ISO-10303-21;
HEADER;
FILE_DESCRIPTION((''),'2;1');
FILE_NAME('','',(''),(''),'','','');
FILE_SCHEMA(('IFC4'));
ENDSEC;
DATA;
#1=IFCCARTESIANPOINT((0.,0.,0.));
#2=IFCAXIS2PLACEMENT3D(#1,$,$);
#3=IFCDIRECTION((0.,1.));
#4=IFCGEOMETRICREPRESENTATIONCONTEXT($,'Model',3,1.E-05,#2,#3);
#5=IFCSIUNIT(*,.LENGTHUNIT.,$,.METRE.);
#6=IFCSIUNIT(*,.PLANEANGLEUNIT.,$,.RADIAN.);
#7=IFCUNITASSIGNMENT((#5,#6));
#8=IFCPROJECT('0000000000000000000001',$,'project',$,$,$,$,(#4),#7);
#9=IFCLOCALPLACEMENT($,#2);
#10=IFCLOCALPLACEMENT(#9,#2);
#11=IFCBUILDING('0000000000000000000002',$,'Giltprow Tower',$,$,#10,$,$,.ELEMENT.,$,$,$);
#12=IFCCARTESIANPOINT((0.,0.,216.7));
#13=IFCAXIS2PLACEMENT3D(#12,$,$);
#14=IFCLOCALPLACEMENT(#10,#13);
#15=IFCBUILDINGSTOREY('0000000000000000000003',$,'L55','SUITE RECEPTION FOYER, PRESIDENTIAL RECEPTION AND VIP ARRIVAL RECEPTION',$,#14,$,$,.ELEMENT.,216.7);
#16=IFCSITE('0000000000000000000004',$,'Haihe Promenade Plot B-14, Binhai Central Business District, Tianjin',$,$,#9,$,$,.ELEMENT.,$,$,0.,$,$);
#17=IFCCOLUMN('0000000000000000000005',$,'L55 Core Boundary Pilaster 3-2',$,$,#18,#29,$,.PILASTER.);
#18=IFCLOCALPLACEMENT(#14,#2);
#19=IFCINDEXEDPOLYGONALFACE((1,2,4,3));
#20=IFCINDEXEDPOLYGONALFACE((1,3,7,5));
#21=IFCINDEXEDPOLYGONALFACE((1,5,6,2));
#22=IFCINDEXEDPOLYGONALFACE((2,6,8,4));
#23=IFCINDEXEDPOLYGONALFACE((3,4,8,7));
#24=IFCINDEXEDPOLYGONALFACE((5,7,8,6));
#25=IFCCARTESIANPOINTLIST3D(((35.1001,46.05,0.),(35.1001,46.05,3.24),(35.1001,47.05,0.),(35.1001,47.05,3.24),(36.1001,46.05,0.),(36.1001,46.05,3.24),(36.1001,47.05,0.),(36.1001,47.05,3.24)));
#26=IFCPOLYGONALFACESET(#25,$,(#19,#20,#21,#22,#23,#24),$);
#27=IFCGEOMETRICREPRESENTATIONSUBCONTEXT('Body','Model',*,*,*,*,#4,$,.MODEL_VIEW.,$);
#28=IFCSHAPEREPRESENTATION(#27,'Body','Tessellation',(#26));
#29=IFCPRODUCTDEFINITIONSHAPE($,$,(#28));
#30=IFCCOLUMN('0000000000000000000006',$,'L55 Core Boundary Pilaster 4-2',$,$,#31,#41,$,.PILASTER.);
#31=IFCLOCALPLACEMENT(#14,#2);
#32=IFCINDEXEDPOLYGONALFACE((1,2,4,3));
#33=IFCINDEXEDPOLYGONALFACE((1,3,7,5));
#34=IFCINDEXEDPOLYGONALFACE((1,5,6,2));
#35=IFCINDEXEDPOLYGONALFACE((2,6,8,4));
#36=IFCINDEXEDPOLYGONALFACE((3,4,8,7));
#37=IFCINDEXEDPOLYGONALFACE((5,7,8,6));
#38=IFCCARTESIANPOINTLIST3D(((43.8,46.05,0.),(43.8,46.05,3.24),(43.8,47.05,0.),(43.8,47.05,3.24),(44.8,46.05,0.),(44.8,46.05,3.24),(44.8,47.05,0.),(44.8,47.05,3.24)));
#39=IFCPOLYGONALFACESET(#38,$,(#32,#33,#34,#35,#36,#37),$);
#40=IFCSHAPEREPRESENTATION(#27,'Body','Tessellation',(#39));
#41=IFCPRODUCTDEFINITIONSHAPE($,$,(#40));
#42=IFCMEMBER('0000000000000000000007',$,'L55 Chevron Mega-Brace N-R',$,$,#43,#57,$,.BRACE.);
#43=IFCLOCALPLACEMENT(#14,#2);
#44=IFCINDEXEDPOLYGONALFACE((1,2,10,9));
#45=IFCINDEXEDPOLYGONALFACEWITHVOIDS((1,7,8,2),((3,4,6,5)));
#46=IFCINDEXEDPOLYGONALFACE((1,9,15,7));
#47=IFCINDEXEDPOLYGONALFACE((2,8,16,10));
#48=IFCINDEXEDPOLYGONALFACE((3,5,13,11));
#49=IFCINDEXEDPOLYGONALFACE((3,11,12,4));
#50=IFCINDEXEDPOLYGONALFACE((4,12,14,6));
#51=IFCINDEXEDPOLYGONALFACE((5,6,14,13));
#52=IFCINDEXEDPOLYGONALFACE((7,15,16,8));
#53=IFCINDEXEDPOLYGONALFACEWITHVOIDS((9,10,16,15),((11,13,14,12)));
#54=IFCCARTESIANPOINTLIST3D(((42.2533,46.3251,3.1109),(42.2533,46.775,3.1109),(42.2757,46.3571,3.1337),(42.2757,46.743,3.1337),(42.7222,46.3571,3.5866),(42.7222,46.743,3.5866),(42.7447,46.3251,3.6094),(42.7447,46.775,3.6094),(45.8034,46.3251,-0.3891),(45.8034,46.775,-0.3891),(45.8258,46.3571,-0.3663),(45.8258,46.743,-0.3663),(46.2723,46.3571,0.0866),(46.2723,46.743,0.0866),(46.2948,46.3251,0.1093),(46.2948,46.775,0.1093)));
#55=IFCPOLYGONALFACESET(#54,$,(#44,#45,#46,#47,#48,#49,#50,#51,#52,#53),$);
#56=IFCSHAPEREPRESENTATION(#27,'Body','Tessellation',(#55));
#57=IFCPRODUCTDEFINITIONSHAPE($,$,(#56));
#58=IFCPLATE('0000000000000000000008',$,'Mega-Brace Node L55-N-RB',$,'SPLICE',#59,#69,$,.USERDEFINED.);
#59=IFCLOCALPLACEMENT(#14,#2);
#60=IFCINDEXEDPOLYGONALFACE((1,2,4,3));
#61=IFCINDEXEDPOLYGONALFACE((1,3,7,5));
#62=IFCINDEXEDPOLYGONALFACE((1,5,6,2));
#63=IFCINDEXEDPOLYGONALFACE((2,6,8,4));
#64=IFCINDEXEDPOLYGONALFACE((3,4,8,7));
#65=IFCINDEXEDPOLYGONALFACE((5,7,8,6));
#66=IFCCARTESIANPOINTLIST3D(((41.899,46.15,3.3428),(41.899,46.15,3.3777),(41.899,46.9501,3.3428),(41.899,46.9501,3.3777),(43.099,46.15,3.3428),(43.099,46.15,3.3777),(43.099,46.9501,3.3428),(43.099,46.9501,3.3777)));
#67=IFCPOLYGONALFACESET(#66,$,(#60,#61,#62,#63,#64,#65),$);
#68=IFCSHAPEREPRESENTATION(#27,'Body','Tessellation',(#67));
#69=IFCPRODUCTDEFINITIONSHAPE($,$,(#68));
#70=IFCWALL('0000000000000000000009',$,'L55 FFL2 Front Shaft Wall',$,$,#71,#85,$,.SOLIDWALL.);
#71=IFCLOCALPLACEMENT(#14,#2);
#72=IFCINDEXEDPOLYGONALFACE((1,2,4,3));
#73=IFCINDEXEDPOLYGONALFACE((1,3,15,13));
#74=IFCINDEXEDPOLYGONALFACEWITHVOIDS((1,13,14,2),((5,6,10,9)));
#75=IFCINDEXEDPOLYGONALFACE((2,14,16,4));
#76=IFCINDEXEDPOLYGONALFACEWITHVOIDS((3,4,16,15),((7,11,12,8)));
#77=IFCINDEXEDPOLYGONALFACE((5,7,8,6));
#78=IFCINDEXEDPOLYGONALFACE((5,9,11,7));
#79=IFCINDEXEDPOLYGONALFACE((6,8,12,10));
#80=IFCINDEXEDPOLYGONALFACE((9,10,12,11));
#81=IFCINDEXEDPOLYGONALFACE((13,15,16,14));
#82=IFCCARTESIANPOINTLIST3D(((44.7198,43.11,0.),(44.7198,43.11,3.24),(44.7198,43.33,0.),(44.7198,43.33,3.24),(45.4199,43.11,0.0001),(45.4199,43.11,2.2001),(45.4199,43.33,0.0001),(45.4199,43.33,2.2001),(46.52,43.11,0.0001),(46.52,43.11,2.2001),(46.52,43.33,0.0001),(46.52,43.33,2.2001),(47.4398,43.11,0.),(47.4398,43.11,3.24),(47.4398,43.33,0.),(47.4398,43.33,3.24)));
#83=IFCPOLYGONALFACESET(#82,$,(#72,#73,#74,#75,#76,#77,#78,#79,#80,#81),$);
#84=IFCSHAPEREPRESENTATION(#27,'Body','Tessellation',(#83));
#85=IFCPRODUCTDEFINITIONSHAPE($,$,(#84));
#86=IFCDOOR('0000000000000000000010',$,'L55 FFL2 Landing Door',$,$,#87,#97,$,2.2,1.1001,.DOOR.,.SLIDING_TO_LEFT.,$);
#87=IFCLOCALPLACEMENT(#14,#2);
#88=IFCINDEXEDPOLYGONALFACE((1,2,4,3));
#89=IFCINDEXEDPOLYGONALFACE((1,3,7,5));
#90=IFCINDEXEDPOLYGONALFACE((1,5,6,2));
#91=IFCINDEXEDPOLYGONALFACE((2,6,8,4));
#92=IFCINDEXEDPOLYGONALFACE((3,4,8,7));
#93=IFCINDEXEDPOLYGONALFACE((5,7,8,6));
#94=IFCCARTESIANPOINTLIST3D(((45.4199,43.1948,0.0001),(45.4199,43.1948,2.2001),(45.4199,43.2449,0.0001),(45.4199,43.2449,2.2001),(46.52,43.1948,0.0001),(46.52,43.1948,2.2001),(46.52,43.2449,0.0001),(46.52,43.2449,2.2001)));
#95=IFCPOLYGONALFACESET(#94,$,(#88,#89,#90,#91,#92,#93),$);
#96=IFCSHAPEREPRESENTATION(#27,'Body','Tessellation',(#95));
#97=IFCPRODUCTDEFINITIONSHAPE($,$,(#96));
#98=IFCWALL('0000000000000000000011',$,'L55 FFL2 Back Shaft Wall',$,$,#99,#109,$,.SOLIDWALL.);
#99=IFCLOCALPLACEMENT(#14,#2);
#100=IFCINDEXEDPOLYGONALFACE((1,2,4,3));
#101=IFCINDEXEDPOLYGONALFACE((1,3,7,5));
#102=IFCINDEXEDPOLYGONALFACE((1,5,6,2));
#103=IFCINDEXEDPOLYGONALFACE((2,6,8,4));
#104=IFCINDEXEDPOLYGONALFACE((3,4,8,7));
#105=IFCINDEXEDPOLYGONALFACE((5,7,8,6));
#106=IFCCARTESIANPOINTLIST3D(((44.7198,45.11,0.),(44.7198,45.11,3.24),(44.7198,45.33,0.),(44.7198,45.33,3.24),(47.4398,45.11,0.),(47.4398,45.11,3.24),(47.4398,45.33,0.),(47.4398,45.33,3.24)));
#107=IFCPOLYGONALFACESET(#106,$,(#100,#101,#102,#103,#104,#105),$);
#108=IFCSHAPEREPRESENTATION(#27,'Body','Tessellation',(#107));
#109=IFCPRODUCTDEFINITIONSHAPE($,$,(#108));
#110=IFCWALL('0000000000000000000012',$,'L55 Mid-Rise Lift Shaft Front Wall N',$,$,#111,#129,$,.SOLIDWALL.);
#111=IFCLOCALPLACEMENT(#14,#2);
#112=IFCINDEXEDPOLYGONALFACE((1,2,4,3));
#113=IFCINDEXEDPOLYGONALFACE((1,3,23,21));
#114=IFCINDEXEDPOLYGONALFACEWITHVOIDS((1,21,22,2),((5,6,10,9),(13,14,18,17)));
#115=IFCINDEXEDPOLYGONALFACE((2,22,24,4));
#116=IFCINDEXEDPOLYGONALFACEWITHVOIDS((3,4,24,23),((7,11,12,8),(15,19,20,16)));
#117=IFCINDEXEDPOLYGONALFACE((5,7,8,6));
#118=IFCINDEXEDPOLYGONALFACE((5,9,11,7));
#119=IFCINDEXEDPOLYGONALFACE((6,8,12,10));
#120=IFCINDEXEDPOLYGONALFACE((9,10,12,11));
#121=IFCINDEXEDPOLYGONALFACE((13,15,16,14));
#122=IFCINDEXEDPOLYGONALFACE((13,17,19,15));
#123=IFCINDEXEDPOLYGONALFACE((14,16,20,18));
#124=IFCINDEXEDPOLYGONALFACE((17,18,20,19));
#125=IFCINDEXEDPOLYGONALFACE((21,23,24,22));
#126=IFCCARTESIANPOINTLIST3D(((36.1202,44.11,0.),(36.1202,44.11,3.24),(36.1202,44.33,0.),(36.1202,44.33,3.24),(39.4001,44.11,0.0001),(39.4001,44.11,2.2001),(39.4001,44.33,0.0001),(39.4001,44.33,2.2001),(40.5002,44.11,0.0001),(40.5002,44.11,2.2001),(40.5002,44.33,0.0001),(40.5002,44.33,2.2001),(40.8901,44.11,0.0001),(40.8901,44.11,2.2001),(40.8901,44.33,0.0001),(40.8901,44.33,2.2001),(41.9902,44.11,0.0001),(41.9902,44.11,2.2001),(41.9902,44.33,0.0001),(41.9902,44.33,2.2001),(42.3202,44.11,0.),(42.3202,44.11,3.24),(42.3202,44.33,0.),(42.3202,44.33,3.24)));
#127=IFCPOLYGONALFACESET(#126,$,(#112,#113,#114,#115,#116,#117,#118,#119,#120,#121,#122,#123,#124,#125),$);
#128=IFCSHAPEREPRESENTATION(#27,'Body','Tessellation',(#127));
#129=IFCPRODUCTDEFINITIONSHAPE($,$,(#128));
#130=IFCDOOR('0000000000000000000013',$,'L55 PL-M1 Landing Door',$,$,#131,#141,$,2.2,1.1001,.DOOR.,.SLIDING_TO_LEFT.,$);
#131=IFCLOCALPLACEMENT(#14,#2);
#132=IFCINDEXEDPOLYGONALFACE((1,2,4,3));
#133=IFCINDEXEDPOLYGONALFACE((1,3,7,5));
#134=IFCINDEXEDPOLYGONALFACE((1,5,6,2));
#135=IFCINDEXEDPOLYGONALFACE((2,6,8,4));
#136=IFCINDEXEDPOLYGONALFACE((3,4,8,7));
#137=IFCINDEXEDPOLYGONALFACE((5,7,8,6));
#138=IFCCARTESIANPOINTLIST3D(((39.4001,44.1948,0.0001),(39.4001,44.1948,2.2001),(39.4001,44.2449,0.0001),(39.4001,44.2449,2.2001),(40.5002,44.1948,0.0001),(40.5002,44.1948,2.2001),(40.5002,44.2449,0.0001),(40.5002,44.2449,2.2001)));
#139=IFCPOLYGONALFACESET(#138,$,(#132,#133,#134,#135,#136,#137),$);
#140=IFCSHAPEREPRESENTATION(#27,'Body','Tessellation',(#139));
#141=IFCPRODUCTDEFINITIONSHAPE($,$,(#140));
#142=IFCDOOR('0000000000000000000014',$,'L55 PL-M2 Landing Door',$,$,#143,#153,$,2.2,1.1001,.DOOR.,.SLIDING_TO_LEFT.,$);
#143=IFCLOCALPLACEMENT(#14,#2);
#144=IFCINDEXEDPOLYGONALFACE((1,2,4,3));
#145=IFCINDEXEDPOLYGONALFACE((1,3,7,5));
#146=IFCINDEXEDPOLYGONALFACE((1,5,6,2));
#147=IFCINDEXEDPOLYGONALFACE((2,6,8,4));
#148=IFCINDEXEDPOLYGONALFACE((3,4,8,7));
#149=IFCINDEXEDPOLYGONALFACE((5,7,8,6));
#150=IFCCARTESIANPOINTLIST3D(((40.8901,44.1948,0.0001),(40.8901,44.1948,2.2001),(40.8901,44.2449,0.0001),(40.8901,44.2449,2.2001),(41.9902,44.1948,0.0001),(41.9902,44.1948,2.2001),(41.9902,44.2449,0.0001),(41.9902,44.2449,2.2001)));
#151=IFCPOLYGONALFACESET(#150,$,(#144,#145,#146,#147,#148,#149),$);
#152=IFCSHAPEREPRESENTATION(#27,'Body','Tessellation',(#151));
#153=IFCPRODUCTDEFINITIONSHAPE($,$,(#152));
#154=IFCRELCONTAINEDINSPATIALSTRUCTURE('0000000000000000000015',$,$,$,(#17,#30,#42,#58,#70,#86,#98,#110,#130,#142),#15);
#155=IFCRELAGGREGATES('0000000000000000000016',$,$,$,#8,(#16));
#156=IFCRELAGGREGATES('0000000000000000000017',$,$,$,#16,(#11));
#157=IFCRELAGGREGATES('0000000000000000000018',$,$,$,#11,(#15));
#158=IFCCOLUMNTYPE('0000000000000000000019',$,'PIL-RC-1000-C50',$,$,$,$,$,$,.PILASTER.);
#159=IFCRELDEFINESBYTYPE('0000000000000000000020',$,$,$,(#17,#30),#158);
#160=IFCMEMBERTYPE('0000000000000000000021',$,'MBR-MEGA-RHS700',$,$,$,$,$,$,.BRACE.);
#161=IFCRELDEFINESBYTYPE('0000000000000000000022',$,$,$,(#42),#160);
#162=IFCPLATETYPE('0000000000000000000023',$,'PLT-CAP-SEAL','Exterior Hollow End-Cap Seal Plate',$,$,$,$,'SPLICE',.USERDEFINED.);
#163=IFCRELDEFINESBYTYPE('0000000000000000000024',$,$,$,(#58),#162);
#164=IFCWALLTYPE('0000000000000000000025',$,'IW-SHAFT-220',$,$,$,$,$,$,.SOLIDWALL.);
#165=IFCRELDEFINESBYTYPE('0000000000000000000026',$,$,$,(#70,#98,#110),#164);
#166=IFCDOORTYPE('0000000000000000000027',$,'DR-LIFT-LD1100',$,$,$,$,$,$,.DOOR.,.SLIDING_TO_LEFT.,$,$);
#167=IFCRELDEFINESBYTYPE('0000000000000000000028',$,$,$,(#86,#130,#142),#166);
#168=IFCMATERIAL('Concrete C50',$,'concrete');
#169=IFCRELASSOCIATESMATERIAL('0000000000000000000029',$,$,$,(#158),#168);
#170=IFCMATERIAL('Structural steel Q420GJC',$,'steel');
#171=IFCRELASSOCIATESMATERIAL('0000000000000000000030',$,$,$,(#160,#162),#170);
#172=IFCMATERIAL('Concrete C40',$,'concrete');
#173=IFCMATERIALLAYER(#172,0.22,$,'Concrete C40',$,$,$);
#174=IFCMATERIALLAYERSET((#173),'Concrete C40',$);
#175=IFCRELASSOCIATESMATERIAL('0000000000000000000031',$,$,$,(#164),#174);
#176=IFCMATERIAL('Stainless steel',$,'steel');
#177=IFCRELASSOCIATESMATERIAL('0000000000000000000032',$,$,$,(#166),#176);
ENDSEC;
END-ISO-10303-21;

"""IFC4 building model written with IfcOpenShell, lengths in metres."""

from ifc_helpers import new_model, si_unit, direction, frame, frame_2d, origin, origin_2d, place, context, subcontext, project, spatial, rectangle, hollow_rectangle, extrude, source, transform, mapped, material, layer, layer_set, material_profile, profile_set, type_object, element, fill, save


model = new_model("IFC4")

# Units and contexts
model_context = context("Model", 3, precision=1e-05, world=origin(), true_north=direction((0.0, 1.0)))
body_context = subcontext(model_context, "Body", "Model", "MODEL_VIEW")
ifc_project = project(units=[si_unit("LENGTHUNIT", "METRE"), si_unit("PLANEANGLEUNIT", "RADIAN")], contexts=[model_context])

# Site, building, storey
site_placement = place(None, origin())
site = spatial("IfcSite", under=ifc_project, at=site_placement, Name="Haihe Promenade Plot B-14, Binhai Central Business District, Tianjin", CompositionType="ELEMENT", RefElevation=0.0)
building_placement = place(site_placement, origin())
building = spatial("IfcBuilding", under=site, at=building_placement, Name="Giltprow Tower", CompositionType="ELEMENT")
storey_placement = place(building_placement, frame((0.0, 0.0, 216.7)))
storey = spatial("IfcBuildingStorey", under=building, at=storey_placement, Name="L55", Description="SUITE RECEPTION FOYER, PRESIDENTIAL RECEPTION AND VIP ARRIVAL RECEPTION", CompositionType="ELEMENT", Elevation=216.7)

# Columns
ifc_material_1 = material(Name="Concrete C50", Category="concrete")
ifc_material_profile_1 = material_profile(ifc_material_1, rectangle(XDim=1.0, YDim=1.0, at=origin_2d()), Name="RC 1000x1000")
ifc_profile_set_1 = profile_set([ifc_material_profile_1], Name="Concrete C50")
column_type = type_object("IfcColumnType", Name="PIL-RC-1000-C50", PredefinedType="PILASTER", material=ifc_profile_set_1)
shared_shape_1 = source(origin(), body_context, "Body", "SweptSolid", [
    extrude(rectangle(XDim=1.0, YDim=1.0, at=origin_2d()), origin(), (0.0, 0.0, 1.0), 3.24),
])
for number, where, z_axis, x_axis, name in (
    (1, (35.6001, 46.55, 0.0), (0.0, 0.0, 1.0), (1.0, 0.0, 0.0), "L55 Core Boundary Pilaster 3-2"),
    (2, (44.3, 46.55, 0.0), (0.0, 0.0, 1.0), (1.0, 0.0, 0.0), "L55 Core Boundary Pilaster 4-2"),
):
    element("IfcColumn", number, at=place(storey_placement, frame(where, z_axis=z_axis, x_axis=x_axis)), inside=storey, type_object=column_type, Name=name, PredefinedType="PILASTER", context=body_context, shape_type="MappedRepresentation", body=[
        mapped(shared_shape_1, transform((0.0, 0.0, 0.0), x_axis=(1.0, 0.0, 0.0), y_axis=(0.0, 1.0, 0.0), z_axis=(0.0, 0.0, 1.0), scale=1.0)),
    ])

# Member
ifc_material_2 = material(Name="Structural steel Q420GJC", Category="steel")
ifc_material_profile_2 = material_profile(ifc_material_2, hollow_rectangle(XDim=0.45, YDim=0.7, WallThickness=0.032, at=origin_2d()), Name="RHS 700x450x32")
ifc_profile_set_2 = profile_set([ifc_material_profile_2], Name="Structural steel Q420GJC")
member_type = type_object("IfcMemberType", Name="MBR-MEGA-RHS700", PredefinedType="BRACE", material=ifc_profile_set_2)
shared_shape_2 = source(origin(), body_context, "Body", "SweptSolid", [
    extrude(hollow_rectangle(XDim=0.45, YDim=0.7, WallThickness=0.032, at=origin_2d()), origin(), (0.0, 0.0, 1.0), 4.9854),
])
member_placement = place(storey_placement, frame((46.0491, 46.55, -0.1399), z_axis=(-0.712109, 0.0, 0.702069), x_axis=(0.0, -1.0, 0.0)))
element("IfcMember", 3, at=member_placement, inside=storey, type_object=member_type, Name="L55 Chevron Mega-Brace N-R", PredefinedType="BRACE", context=body_context, shape_type="MappedRepresentation", body=[
    mapped(shared_shape_2, transform((0.0, 0.0, 0.0), x_axis=(1.0, 0.0, 0.0), y_axis=(0.0, 1.0, 0.0), z_axis=(0.0, 0.0, 1.0), scale=1.0)),
])

# Plate
plate_type = type_object("IfcPlateType", Name="PLT-CAP-SEAL", Description="Exterior Hollow End-Cap Seal Plate", ElementType="SPLICE", PredefinedType="USERDEFINED", material=ifc_material_2)
shared_shape_3 = source(origin(), body_context, "Body", "SweptSolid", [
    extrude(rectangle(XDim=1.2, YDim=0.8, at=origin_2d()), origin(), (0.0, 0.0, 1.0), 0.0349),
])
plate_placement = place(storey_placement, frame((42.499, 46.55, 3.3428), z_axis=(0.0, 0.0, 1.0), x_axis=(1.0, 0.0, 0.0)))
element("IfcPlate", 4, at=plate_placement, inside=storey, type_object=plate_type, Name="Mega-Brace Node L55-N-RB", ObjectType="SPLICE", PredefinedType="USERDEFINED", context=body_context, shape_type="MappedRepresentation", body=[
    mapped(shared_shape_3, transform((0.0, 0.0, 0.0), x_axis=(1.0, 0.0, 0.0), y_axis=(0.0, 1.0, 0.0), z_axis=(0.0, 0.0, 1.0), scale=1.0)),
])

# Wall, opening, door
ifc_material_3 = material(Name="Concrete C40", Category="concrete")
ifc_layer_1 = layer(ifc_material_3, 0.22, Name="Concrete C40")
ifc_layer_set_1 = layer_set([ifc_layer_1], Name="Concrete C40")
wall_type_1 = type_object("IfcWallType", Name="IW-SHAFT-220", PredefinedType="SOLIDWALL", material=ifc_layer_set_1)
wall_1_placement = place(storey_placement, frame((44.72, 43.22, 0.0), z_axis=(0.0, 0.0, 1.0), x_axis=(1.0, 0.0, 0.0)))
wall_1 = element("IfcWall", 5, at=wall_1_placement, inside=storey, type_object=wall_type_1, Name="L55 FFL2 Front Shaft Wall", PredefinedType="SOLIDWALL", context=body_context, shape_type="SweptSolid", body=[
    extrude(rectangle(XDim=2.72, YDim=0.22, at=frame_2d((1.3599, 0.0))), origin(), (0.0, 0.0, 1.0), 3.24),
])
opening_1_placement = place(wall_1_placement, frame((0.7, 0.0, 0.0)))
opening_1 = element("IfcOpeningElement", 6, at=opening_1_placement, cuts=wall_1, PredefinedType="OPENING", context=body_context, shape_type="SweptSolid", body=[
    extrude(rectangle(XDim=1.1001, YDim=2.2, at=frame_2d((0.55, 1.1001))), frame((0.0, 0.1199, 0.0), z_axis=(0.0, -1.0, 0.0), x_axis=(1.0, 0.0, 0.0)), (0.0, 0.0, 1.0), 0.24),
])
ifc_material_4 = material(Name="Stainless steel", Category="steel")
door_type = type_object("IfcDoorType", Name="DR-LIFT-LD1100", OperationType="SLIDING_TO_LEFT", PredefinedType="DOOR", material=ifc_material_4)
shared_shape_4 = source(origin(), body_context, "Body", "SweptSolid", [
    extrude(rectangle(XDim=1.1001, YDim=2.2, at=frame_2d((0.55, 1.1001))), frame((0.0, 0.0249, 0.0), z_axis=(0.0, -1.0, 0.0), x_axis=(1.0, 0.0, 0.0)), (0.0, 0.0, 1.0), 0.05),
])
door_1_placement = place(opening_1_placement, origin())
door_1 = element("IfcDoor", 7, at=door_1_placement, inside=storey, type_object=door_type, Name="L55 FFL2 Landing Door", OperationType="SLIDING_TO_LEFT", OverallHeight=2.2, OverallWidth=1.1001, PredefinedType="DOOR", context=body_context, shape_type="MappedRepresentation", body=[
    mapped(shared_shape_4, transform((0.0, 0.0, 0.0), x_axis=(1.0, 0.0, 0.0), y_axis=(0.0, 1.0, 0.0), z_axis=(0.0, 0.0, 1.0), scale=1.0)),
])
fill(opening_1, door_1)

# Wall
wall_2_placement = place(storey_placement, frame((44.72, 45.22, 0.0), z_axis=(0.0, 0.0, 1.0), x_axis=(1.0, 0.0, 0.0)))
element("IfcWall", 8, at=wall_2_placement, inside=storey, type_object=wall_type_1, Name="L55 FFL2 Back Shaft Wall", PredefinedType="SOLIDWALL", context=body_context, shape_type="SweptSolid", body=[
    extrude(rectangle(XDim=2.72, YDim=0.22, at=frame_2d((1.3599, 0.0))), origin(), (0.0, 0.0, 1.0), 3.24),
])

# Wall, openings, doors
wall_3_placement = place(storey_placement, frame((36.1201, 44.22, 0.0), z_axis=(0.0, 0.0, 1.0), x_axis=(1.0, 0.0, 0.0)))
wall_3 = element("IfcWall", 9, at=wall_3_placement, inside=storey, type_object=wall_type_1, Name="L55 Mid-Rise Lift Shaft Front Wall N", PredefinedType="SOLIDWALL", context=body_context, shape_type="SweptSolid", body=[
    extrude(rectangle(XDim=6.2, YDim=0.22, at=frame_2d((3.1001, 0.0))), origin(), (0.0, 0.0, 1.0), 3.24),
])
opening_2_placement = place(wall_3_placement, frame((3.28, 0.0, 0.0)))
opening_2 = element("IfcOpeningElement", 10, at=opening_2_placement, cuts=wall_3, PredefinedType="OPENING", context=body_context, shape_type="SweptSolid", body=[
    extrude(rectangle(XDim=1.1001, YDim=2.2, at=frame_2d((0.55, 1.1001))), frame((0.0, 0.1199, 0.0), z_axis=(0.0, -1.0, 0.0), x_axis=(1.0, 0.0, 0.0)), (0.0, 0.0, 1.0), 0.24),
])
opening_3_placement = place(wall_3_placement, frame((4.77, 0.0, 0.0)))
opening_3 = element("IfcOpeningElement", 11, at=opening_3_placement, cuts=wall_3, PredefinedType="OPENING", context=body_context, shape_type="SweptSolid", body=[
    extrude(rectangle(XDim=1.1001, YDim=2.2, at=frame_2d((0.55, 1.1001))), frame((0.0, 0.1199, 0.0), z_axis=(0.0, -1.0, 0.0), x_axis=(1.0, 0.0, 0.0)), (0.0, 0.0, 1.0), 0.24),
])
door_2_placement = place(opening_2_placement, origin())
door_2 = element("IfcDoor", 12, at=door_2_placement, inside=storey, type_object=door_type, Name="L55 PL-M1 Landing Door", OperationType="SLIDING_TO_LEFT", OverallHeight=2.2, OverallWidth=1.1001, PredefinedType="DOOR", context=body_context, shape_type="MappedRepresentation", body=[
    mapped(shared_shape_4, transform((0.0, 0.0, 0.0), x_axis=(1.0, 0.0, 0.0), y_axis=(0.0, 1.0, 0.0), z_axis=(0.0, 0.0, 1.0), scale=1.0)),
])
fill(opening_2, door_2)
door_3_placement = place(opening_3_placement, origin())
door_3 = element("IfcDoor", 13, at=door_3_placement, inside=storey, type_object=door_type, Name="L55 PL-M2 Landing Door", OperationType="SLIDING_TO_LEFT", OverallHeight=2.2, OverallWidth=1.1001, PredefinedType="DOOR", context=body_context, shape_type="MappedRepresentation", body=[
    mapped(shared_shape_4, transform((0.0, 0.0, 0.0), x_axis=(1.0, 0.0, 0.0), y_axis=(0.0, 1.0, 0.0), z_axis=(0.0, 0.0, 1.0), scale=1.0)),
])
fill(opening_3, door_3)

save(model, "model.ifc")
